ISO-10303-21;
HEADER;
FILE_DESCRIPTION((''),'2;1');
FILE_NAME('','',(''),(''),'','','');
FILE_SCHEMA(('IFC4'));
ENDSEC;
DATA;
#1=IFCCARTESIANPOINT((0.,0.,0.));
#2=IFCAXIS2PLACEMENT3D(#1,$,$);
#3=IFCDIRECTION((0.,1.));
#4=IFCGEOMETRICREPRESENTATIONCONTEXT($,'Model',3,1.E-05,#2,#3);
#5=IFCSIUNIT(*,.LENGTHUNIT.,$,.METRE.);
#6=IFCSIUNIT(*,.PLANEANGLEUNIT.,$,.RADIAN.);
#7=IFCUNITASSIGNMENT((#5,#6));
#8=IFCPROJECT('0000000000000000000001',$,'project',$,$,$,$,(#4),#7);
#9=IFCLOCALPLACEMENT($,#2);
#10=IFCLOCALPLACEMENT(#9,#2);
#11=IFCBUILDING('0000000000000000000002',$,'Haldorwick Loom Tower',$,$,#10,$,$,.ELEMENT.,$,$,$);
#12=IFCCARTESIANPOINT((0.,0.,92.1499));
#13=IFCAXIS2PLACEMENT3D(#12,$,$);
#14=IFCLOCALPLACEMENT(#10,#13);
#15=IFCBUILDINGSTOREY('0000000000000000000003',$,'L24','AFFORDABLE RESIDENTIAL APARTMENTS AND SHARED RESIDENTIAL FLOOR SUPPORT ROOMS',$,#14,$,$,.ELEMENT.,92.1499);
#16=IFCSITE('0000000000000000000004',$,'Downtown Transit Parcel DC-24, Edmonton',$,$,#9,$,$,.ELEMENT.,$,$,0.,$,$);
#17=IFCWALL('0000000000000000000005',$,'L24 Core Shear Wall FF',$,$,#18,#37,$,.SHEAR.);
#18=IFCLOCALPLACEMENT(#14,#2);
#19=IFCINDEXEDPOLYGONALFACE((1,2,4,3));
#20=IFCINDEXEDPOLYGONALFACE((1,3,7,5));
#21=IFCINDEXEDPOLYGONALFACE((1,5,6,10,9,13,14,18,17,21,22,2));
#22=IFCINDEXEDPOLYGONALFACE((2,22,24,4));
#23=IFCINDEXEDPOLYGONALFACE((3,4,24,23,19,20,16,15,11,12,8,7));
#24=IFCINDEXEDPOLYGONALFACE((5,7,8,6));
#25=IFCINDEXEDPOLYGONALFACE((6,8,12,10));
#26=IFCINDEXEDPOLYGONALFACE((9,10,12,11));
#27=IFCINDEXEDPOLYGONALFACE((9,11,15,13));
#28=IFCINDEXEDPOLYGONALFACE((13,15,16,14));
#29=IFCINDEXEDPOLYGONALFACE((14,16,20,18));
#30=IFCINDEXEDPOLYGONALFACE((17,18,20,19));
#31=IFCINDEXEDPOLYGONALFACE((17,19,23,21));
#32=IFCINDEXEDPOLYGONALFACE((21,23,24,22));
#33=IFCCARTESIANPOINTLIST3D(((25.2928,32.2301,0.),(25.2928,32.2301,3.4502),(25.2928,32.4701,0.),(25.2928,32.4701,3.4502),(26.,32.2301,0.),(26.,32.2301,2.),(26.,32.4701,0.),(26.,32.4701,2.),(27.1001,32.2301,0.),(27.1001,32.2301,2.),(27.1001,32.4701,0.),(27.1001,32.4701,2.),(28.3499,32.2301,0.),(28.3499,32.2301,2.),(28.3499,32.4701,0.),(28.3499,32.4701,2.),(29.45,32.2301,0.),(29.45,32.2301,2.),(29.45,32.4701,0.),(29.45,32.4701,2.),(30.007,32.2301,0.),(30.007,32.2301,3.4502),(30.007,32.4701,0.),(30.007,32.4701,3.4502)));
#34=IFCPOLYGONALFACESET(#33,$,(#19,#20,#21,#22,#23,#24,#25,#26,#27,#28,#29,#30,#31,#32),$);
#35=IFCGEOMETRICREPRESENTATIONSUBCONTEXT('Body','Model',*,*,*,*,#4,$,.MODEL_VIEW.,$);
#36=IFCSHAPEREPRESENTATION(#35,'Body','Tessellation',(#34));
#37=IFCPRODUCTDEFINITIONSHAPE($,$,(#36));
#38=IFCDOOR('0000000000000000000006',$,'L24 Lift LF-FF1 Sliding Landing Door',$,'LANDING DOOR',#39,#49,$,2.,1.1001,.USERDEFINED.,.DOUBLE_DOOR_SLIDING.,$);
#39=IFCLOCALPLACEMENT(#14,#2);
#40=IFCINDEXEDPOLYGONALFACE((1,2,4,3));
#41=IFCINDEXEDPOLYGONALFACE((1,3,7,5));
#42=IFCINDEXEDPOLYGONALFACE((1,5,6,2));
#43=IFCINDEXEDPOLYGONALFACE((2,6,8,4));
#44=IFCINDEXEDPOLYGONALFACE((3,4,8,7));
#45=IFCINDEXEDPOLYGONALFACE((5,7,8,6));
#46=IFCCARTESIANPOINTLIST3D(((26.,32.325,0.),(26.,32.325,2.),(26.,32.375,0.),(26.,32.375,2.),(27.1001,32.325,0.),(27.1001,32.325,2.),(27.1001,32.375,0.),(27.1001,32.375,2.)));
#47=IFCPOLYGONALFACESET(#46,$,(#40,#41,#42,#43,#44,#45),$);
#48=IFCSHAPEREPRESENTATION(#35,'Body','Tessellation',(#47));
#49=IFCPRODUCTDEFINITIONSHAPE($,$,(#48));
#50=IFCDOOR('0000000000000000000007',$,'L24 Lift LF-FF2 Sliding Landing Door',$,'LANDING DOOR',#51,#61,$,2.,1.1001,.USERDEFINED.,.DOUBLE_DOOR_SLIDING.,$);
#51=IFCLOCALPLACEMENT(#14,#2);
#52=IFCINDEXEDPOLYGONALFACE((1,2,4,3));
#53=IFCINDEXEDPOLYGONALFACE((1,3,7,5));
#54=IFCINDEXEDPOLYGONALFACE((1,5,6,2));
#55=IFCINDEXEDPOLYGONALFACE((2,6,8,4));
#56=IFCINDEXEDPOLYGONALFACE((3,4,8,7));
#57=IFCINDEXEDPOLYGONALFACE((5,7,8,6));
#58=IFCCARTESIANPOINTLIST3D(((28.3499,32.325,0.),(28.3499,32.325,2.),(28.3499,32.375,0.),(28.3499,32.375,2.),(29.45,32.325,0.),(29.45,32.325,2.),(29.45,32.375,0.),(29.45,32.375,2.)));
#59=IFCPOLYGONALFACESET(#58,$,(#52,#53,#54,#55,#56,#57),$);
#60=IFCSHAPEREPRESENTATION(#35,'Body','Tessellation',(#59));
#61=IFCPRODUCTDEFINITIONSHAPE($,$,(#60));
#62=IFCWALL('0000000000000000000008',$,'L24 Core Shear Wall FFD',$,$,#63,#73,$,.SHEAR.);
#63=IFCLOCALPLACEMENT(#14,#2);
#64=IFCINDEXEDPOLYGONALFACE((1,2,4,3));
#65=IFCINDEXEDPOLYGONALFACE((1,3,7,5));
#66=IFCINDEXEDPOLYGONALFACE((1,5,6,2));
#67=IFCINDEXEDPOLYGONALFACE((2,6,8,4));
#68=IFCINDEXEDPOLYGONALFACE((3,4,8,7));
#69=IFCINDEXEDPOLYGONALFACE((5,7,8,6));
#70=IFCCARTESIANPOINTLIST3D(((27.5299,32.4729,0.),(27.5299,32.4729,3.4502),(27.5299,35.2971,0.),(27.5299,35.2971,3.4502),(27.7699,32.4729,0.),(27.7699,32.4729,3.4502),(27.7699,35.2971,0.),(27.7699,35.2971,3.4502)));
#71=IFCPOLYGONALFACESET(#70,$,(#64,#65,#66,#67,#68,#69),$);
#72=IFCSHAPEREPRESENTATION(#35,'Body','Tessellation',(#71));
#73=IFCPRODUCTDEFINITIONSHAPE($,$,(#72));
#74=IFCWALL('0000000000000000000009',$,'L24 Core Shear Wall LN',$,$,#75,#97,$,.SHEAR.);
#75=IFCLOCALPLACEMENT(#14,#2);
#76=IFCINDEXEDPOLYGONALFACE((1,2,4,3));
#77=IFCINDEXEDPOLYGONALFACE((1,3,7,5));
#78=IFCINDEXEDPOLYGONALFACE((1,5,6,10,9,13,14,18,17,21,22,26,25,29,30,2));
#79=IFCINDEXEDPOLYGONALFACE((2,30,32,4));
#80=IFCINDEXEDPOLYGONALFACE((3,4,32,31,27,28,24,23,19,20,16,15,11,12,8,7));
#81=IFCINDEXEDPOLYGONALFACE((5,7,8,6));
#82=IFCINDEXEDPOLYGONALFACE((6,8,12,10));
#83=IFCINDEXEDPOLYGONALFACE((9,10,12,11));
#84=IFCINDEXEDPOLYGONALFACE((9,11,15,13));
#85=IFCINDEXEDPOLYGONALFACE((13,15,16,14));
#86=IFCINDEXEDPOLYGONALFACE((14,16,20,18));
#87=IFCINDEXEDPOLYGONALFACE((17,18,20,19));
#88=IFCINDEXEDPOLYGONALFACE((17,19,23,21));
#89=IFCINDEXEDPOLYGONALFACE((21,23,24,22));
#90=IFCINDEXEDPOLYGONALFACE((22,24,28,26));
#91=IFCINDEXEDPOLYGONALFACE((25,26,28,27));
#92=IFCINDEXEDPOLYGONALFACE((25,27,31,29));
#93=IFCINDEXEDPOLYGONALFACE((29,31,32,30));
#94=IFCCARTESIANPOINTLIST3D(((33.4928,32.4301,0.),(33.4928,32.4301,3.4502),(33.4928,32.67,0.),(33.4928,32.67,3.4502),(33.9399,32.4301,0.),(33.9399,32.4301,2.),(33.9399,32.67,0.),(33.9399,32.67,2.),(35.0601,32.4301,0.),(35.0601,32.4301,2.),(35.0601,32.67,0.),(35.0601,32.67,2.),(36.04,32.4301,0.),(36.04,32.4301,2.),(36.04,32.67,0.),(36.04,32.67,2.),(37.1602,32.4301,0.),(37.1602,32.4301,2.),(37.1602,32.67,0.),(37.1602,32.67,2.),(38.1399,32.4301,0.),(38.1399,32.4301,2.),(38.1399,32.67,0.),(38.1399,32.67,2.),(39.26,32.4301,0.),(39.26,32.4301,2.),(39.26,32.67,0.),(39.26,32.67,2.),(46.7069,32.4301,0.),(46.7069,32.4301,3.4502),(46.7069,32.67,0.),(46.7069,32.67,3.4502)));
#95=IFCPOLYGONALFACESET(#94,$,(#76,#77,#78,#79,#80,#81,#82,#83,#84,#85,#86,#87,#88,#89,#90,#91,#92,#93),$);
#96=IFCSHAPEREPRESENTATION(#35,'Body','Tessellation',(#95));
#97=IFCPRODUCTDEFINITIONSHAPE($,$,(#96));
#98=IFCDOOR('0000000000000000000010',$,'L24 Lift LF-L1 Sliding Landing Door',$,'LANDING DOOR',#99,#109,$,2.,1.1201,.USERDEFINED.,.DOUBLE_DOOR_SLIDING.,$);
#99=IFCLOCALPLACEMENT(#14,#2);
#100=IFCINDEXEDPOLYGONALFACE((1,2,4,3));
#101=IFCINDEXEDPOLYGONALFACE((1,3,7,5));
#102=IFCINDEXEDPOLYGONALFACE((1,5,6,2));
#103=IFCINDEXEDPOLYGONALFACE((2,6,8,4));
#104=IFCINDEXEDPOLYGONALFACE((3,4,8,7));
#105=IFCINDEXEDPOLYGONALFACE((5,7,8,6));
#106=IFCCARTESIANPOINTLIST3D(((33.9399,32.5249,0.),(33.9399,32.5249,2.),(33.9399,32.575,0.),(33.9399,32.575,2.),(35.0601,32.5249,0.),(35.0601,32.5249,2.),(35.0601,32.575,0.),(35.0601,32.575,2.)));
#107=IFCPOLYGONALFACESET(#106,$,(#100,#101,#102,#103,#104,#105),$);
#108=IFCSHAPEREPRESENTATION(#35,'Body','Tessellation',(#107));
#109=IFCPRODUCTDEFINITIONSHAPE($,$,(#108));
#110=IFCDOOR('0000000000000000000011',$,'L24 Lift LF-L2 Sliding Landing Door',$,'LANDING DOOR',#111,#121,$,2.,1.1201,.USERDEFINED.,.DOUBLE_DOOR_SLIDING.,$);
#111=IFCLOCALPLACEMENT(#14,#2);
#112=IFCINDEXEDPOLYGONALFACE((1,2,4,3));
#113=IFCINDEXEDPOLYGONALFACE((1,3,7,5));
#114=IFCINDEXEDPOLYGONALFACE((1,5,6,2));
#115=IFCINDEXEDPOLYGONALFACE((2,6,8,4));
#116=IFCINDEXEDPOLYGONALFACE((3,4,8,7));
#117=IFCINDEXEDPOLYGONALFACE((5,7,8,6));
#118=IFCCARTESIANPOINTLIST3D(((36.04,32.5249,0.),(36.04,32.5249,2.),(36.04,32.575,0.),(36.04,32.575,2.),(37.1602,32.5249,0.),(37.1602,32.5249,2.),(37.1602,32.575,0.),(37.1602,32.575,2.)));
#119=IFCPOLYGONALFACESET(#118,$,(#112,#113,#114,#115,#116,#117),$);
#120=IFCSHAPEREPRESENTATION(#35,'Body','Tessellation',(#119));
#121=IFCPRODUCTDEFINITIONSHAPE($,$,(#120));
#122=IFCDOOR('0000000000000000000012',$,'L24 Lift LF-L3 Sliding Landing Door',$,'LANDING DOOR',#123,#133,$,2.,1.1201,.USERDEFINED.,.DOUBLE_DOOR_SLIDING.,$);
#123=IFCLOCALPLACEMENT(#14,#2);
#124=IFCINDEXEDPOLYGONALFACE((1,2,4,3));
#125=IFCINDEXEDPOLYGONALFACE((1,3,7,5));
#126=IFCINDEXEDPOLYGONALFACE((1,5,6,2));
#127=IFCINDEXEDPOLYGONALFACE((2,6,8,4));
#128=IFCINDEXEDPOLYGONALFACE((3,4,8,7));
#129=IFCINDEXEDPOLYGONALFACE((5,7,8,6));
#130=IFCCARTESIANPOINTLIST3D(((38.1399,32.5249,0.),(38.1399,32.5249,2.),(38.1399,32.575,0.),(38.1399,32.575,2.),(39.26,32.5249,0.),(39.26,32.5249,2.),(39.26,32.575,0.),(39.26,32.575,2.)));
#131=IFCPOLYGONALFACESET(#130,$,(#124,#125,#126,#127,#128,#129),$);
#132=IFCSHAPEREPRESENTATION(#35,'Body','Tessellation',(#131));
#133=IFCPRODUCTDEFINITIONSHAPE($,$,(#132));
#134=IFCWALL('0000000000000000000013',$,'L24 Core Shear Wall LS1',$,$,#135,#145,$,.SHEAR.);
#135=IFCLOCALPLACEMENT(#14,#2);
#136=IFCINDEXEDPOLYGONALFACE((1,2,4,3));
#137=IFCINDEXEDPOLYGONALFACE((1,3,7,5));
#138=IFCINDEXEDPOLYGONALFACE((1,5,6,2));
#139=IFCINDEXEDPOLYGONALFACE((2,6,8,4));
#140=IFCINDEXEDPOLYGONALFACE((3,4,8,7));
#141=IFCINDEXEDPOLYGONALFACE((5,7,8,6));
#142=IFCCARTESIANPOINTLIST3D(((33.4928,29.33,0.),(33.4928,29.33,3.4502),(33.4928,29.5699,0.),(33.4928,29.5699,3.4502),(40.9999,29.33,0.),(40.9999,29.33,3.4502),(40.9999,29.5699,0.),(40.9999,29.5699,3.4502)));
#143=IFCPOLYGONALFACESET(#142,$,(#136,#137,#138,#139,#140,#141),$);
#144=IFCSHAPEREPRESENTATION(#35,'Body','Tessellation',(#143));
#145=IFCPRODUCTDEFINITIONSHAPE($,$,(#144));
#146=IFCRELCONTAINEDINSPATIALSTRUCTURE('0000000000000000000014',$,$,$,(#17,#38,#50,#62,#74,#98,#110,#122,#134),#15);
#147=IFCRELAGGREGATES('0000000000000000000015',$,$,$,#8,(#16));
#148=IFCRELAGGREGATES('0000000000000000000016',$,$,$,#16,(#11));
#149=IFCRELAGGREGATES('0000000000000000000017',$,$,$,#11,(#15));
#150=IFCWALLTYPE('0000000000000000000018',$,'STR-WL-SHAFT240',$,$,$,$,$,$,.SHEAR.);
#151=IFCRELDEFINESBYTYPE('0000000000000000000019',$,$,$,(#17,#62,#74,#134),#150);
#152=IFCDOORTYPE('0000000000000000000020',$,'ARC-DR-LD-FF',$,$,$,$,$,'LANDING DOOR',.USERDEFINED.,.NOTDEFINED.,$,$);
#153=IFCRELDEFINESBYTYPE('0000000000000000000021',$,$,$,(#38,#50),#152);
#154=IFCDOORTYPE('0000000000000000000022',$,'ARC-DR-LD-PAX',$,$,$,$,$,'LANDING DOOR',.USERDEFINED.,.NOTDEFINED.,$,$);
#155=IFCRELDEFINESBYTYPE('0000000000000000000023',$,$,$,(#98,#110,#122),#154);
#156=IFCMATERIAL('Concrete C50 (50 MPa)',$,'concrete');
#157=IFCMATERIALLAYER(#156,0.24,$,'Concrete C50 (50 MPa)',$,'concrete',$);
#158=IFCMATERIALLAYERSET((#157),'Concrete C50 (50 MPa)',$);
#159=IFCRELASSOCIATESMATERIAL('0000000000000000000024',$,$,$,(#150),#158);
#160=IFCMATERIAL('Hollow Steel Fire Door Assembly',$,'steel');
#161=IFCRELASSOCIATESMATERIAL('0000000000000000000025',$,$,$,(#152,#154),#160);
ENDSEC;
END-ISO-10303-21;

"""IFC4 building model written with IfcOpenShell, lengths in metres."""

from ifc_helpers import new_model, si_unit, direction, frame, frame_2d, origin, place, context, subcontext, project, spatial, rectangle, extrude, material, layer, layer_set, type_object, element, fill, save


model = new_model("IFC4")

# Units and contexts
model_context = context("Model", 3, precision=1e-05, world=origin(), true_north=direction((0.0, 1.0)))
body_context = subcontext(model_context, "Body", "Model", "MODEL_VIEW")
ifc_project = project(units=[si_unit("LENGTHUNIT", "METRE"), si_unit("PLANEANGLEUNIT", "RADIAN")], contexts=[model_context])

# Site, building, storey
site_placement = place(None, origin())
site = spatial("IfcSite", under=ifc_project, at=site_placement, Name="Downtown Transit Parcel DC-24, Edmonton", CompositionType="ELEMENT", RefElevation=0.0)
building_placement = place(site_placement, origin())
building = spatial("IfcBuilding", under=site, at=building_placement, Name="Haldorwick Loom Tower", CompositionType="ELEMENT")
storey_placement = place(building_placement, frame((0.0, 0.0, 92.1499)))
storey = spatial("IfcBuildingStorey", under=building, at=storey_placement, Name="L24", Description="AFFORDABLE RESIDENTIAL APARTMENTS AND SHARED RESIDENTIAL FLOOR SUPPORT ROOMS", CompositionType="ELEMENT", Elevation=92.1499)

# Shared definitions
ifc_material_1 = material(Name="Concrete C50 (50 MPa)", Category="concrete")
ifc_layer = layer(ifc_material_1, 0.24, Name="Concrete C50 (50 MPa)", Category="concrete")
ifc_layer_set = layer_set([ifc_layer], Name="Concrete C50 (50 MPa)")
wall_type = type_object("IfcWallType", Name="STR-WL-SHAFT240", PredefinedType="SHEAR", material=ifc_layer_set)

# Wall, openings, doors
wall_1_placement = place(storey_placement, frame((25.293, 32.3501, 0.0), z_axis=(0.0, 0.0, 1.0), x_axis=(1.0, 0.0, 0.0)))
wall_1 = element("IfcWall", 1, at=wall_1_placement, inside=storey, type_object=wall_type, Name="L24 Core Shear Wall FF", PredefinedType="SHEAR", context=body_context, shape_type="SweptSolid", body=[
    extrude(rectangle(XDim=4.7141, YDim=0.24, at=frame_2d((2.3569, 0.0))), origin(), (0.0, 0.0, 1.0), 3.4502),
])
opening_1_placement = place(wall_1_placement, frame((0.707, 0.0, 0.0)))
opening_1 = element("IfcOpeningElement", 2, at=opening_1_placement, cuts=wall_1, PredefinedType="OPENING", context=body_context, shape_type="SweptSolid", body=[
    extrude(rectangle(XDim=1.1001, YDim=2.0, at=frame_2d((0.55, 1.0))), frame((0.0, 0.1299, 0.0), z_axis=(0.0, -1.0, 0.0), x_axis=(1.0, 0.0, 0.0)), (0.0, 0.0, 1.0), 0.26),
])
opening_2_placement = place(wall_1_placement, frame((3.0569, 0.0, 0.0)))
opening_2 = element("IfcOpeningElement", 3, at=opening_2_placement, cuts=wall_1, PredefinedType="OPENING", context=body_context, shape_type="SweptSolid", body=[
    extrude(rectangle(XDim=1.1001, YDim=2.0, at=frame_2d((0.55, 1.0))), frame((0.0, 0.1299, 0.0), z_axis=(0.0, -1.0, 0.0), x_axis=(1.0, 0.0, 0.0)), (0.0, 0.0, 1.0), 0.26),
])
ifc_material_2 = material(Name="Hollow Steel Fire Door Assembly", Category="steel")
door_type_1 = type_object("IfcDoorType", Name="ARC-DR-LD-FF", ElementType="LANDING DOOR", OperationType="NOTDEFINED", PredefinedType="USERDEFINED", material=ifc_material_2)
door_1_placement = place(opening_1_placement, origin())
door_1 = element("IfcDoor", 4, at=door_1_placement, inside=storey, type_object=door_type_1, Name="L24 Lift LF-FF1 Sliding Landing Door", ObjectType="LANDING DOOR", OperationType="DOUBLE_DOOR_SLIDING", OverallHeight=2.0, OverallWidth=1.1001, PredefinedType="USERDEFINED", context=body_context, shape_type="SweptSolid", body=[
    extrude(rectangle(XDim=1.1001, YDim=2.0, at=frame_2d((0.55, 1.0))), frame((0.0, 0.0249, 0.0), z_axis=(0.0, -1.0, 0.0), x_axis=(1.0, 0.0, 0.0)), (0.0, 0.0, 1.0), 0.05),
])
fill(opening_1, door_1)
door_2_placement = place(opening_2_placement, origin())
door_2 = element("IfcDoor", 5, at=door_2_placement, inside=storey, type_object=door_type_1, Name="L24 Lift LF-FF2 Sliding Landing Door", ObjectType="LANDING DOOR", OperationType="DOUBLE_DOOR_SLIDING", OverallHeight=2.0, OverallWidth=1.1001, PredefinedType="USERDEFINED", context=body_context, shape_type="SweptSolid", body=[
    extrude(rectangle(XDim=1.1001, YDim=2.0, at=frame_2d((0.55, 1.0))), frame((0.0, 0.0249, 0.0), z_axis=(0.0, -1.0, 0.0), x_axis=(1.0, 0.0, 0.0)), (0.0, 0.0, 1.0), 0.05),
])
fill(opening_2, door_2)

# Wall
wall_2_placement = place(storey_placement, frame((27.6499, 32.4729, 0.0), z_axis=(0.0, 0.0, 1.0), x_axis=(0.0, 1.0, 0.0)))
element("IfcWall", 6, at=wall_2_placement, inside=storey, type_object=wall_type, Name="L24 Core Shear Wall FFD", PredefinedType="SHEAR", context=body_context, shape_type="SweptSolid", body=[
    extrude(rectangle(XDim=2.8242, YDim=0.24, at=frame_2d((1.4121, 0.0))), origin(), (0.0, 0.0, 1.0), 3.4502),
])

# Wall, openings, doors
wall_3_placement = place(storey_placement, frame((33.4929, 32.55, 0.0), z_axis=(0.0, 0.0, 1.0), x_axis=(1.0, 0.0, 0.0)))
wall_3 = element("IfcWall", 7, at=wall_3_placement, inside=storey, type_object=wall_type, Name="L24 Core Shear Wall LN", PredefinedType="SHEAR", context=body_context, shape_type="SweptSolid", body=[
    extrude(rectangle(XDim=13.2141, YDim=0.24, at=frame_2d((6.6069, 0.0))), origin(), (0.0, 0.0, 1.0), 3.4502),
])
opening_3_placement = place(wall_3_placement, frame((0.447, 0.0, 0.0)))
opening_3 = element("IfcOpeningElement", 8, at=opening_3_placement, cuts=wall_3, PredefinedType="OPENING", context=body_context, shape_type="SweptSolid", body=[
    extrude(rectangle(XDim=1.1201, YDim=2.0, at=frame_2d((0.5601, 1.0))), frame((0.0, 0.1299, 0.0), z_axis=(0.0, -1.0, 0.0), x_axis=(1.0, 0.0, 0.0)), (0.0, 0.0, 1.0), 0.26),
])
opening_4_placement = place(wall_3_placement, frame((2.5471, 0.0, 0.0)))
opening_4 = element("IfcOpeningElement", 9, at=opening_4_placement, cuts=wall_3, PredefinedType="OPENING", context=body_context, shape_type="SweptSolid", body=[
    extrude(rectangle(XDim=1.1201, YDim=2.0, at=frame_2d((0.5601, 1.0))), frame((0.0, 0.1299, 0.0), z_axis=(0.0, -1.0, 0.0), x_axis=(1.0, 0.0, 0.0)), (0.0, 0.0, 1.0), 0.26),
])
opening_5_placement = place(wall_3_placement, frame((4.647, 0.0, 0.0)))
opening_5 = element("IfcOpeningElement", 10, at=opening_5_placement, cuts=wall_3, PredefinedType="OPENING", context=body_context, shape_type="SweptSolid", body=[
    extrude(rectangle(XDim=1.1201, YDim=2.0, at=frame_2d((0.5601, 1.0))), frame((0.0, 0.1299, 0.0), z_axis=(0.0, -1.0, 0.0), x_axis=(1.0, 0.0, 0.0)), (0.0, 0.0, 1.0), 0.26),
])
door_type_2 = type_object("IfcDoorType", Name="ARC-DR-LD-PAX", ElementType="LANDING DOOR", OperationType="NOTDEFINED", PredefinedType="USERDEFINED", material=ifc_material_2)
door_3_placement = place(opening_3_placement, origin())
door_3 = element("IfcDoor", 11, at=door_3_placement, inside=storey, type_object=door_type_2, Name="L24 Lift LF-L1 Sliding Landing Door", ObjectType="LANDING DOOR", OperationType="DOUBLE_DOOR_SLIDING", OverallHeight=2.0, OverallWidth=1.1201, PredefinedType="USERDEFINED", context=body_context, shape_type="SweptSolid", body=[
    extrude(rectangle(XDim=1.1201, YDim=2.0, at=frame_2d((0.5601, 1.0))), frame((0.0, 0.0249, 0.0), z_axis=(0.0, -1.0, 0.0), x_axis=(1.0, 0.0, 0.0)), (0.0, 0.0, 1.0), 0.05),
])
fill(opening_3, door_3)
door_4_placement = place(opening_4_placement, origin())
door_4 = element("IfcDoor", 12, at=door_4_placement, inside=storey, type_object=door_type_2, Name="L24 Lift LF-L2 Sliding Landing Door", ObjectType="LANDING DOOR", OperationType="DOUBLE_DOOR_SLIDING", OverallHeight=2.0, OverallWidth=1.1201, PredefinedType="USERDEFINED", context=body_context, shape_type="SweptSolid", body=[
    extrude(rectangle(XDim=1.1201, YDim=2.0, at=frame_2d((0.5601, 1.0))), frame((0.0, 0.0249, 0.0), z_axis=(0.0, -1.0, 0.0), x_axis=(1.0, 0.0, 0.0)), (0.0, 0.0, 1.0), 0.05),
])
fill(opening_4, door_4)
door_5_placement = place(opening_5_placement, origin())
door_5 = element("IfcDoor", 13, at=door_5_placement, inside=storey, type_object=door_type_2, Name="L24 Lift LF-L3 Sliding Landing Door", ObjectType="LANDING DOOR", OperationType="DOUBLE_DOOR_SLIDING", OverallHeight=2.0, OverallWidth=1.1201, PredefinedType="USERDEFINED", context=body_context, shape_type="SweptSolid", body=[
    extrude(rectangle(XDim=1.1201, YDim=2.0, at=frame_2d((0.5601, 1.0))), frame((0.0, 0.0249, 0.0), z_axis=(0.0, -1.0, 0.0), x_axis=(1.0, 0.0, 0.0)), (0.0, 0.0, 1.0), 0.05),
])
fill(opening_5, door_5)

# Wall
wall_4_placement = place(storey_placement, frame((33.4929, 29.45, 0.0), z_axis=(0.0, 0.0, 1.0), x_axis=(1.0, 0.0, 0.0)))
element("IfcWall", 14, at=wall_4_placement, inside=storey, type_object=wall_type, Name="L24 Core Shear Wall LS1", PredefinedType="SHEAR", context=body_context, shape_type="SweptSolid", body=[
    extrude(rectangle(XDim=7.5071, YDim=0.24, at=frame_2d((3.7534, 0.0))), origin(), (0.0, 0.0, 1.0), 3.4502),
])

save(model, "model.ifc")
